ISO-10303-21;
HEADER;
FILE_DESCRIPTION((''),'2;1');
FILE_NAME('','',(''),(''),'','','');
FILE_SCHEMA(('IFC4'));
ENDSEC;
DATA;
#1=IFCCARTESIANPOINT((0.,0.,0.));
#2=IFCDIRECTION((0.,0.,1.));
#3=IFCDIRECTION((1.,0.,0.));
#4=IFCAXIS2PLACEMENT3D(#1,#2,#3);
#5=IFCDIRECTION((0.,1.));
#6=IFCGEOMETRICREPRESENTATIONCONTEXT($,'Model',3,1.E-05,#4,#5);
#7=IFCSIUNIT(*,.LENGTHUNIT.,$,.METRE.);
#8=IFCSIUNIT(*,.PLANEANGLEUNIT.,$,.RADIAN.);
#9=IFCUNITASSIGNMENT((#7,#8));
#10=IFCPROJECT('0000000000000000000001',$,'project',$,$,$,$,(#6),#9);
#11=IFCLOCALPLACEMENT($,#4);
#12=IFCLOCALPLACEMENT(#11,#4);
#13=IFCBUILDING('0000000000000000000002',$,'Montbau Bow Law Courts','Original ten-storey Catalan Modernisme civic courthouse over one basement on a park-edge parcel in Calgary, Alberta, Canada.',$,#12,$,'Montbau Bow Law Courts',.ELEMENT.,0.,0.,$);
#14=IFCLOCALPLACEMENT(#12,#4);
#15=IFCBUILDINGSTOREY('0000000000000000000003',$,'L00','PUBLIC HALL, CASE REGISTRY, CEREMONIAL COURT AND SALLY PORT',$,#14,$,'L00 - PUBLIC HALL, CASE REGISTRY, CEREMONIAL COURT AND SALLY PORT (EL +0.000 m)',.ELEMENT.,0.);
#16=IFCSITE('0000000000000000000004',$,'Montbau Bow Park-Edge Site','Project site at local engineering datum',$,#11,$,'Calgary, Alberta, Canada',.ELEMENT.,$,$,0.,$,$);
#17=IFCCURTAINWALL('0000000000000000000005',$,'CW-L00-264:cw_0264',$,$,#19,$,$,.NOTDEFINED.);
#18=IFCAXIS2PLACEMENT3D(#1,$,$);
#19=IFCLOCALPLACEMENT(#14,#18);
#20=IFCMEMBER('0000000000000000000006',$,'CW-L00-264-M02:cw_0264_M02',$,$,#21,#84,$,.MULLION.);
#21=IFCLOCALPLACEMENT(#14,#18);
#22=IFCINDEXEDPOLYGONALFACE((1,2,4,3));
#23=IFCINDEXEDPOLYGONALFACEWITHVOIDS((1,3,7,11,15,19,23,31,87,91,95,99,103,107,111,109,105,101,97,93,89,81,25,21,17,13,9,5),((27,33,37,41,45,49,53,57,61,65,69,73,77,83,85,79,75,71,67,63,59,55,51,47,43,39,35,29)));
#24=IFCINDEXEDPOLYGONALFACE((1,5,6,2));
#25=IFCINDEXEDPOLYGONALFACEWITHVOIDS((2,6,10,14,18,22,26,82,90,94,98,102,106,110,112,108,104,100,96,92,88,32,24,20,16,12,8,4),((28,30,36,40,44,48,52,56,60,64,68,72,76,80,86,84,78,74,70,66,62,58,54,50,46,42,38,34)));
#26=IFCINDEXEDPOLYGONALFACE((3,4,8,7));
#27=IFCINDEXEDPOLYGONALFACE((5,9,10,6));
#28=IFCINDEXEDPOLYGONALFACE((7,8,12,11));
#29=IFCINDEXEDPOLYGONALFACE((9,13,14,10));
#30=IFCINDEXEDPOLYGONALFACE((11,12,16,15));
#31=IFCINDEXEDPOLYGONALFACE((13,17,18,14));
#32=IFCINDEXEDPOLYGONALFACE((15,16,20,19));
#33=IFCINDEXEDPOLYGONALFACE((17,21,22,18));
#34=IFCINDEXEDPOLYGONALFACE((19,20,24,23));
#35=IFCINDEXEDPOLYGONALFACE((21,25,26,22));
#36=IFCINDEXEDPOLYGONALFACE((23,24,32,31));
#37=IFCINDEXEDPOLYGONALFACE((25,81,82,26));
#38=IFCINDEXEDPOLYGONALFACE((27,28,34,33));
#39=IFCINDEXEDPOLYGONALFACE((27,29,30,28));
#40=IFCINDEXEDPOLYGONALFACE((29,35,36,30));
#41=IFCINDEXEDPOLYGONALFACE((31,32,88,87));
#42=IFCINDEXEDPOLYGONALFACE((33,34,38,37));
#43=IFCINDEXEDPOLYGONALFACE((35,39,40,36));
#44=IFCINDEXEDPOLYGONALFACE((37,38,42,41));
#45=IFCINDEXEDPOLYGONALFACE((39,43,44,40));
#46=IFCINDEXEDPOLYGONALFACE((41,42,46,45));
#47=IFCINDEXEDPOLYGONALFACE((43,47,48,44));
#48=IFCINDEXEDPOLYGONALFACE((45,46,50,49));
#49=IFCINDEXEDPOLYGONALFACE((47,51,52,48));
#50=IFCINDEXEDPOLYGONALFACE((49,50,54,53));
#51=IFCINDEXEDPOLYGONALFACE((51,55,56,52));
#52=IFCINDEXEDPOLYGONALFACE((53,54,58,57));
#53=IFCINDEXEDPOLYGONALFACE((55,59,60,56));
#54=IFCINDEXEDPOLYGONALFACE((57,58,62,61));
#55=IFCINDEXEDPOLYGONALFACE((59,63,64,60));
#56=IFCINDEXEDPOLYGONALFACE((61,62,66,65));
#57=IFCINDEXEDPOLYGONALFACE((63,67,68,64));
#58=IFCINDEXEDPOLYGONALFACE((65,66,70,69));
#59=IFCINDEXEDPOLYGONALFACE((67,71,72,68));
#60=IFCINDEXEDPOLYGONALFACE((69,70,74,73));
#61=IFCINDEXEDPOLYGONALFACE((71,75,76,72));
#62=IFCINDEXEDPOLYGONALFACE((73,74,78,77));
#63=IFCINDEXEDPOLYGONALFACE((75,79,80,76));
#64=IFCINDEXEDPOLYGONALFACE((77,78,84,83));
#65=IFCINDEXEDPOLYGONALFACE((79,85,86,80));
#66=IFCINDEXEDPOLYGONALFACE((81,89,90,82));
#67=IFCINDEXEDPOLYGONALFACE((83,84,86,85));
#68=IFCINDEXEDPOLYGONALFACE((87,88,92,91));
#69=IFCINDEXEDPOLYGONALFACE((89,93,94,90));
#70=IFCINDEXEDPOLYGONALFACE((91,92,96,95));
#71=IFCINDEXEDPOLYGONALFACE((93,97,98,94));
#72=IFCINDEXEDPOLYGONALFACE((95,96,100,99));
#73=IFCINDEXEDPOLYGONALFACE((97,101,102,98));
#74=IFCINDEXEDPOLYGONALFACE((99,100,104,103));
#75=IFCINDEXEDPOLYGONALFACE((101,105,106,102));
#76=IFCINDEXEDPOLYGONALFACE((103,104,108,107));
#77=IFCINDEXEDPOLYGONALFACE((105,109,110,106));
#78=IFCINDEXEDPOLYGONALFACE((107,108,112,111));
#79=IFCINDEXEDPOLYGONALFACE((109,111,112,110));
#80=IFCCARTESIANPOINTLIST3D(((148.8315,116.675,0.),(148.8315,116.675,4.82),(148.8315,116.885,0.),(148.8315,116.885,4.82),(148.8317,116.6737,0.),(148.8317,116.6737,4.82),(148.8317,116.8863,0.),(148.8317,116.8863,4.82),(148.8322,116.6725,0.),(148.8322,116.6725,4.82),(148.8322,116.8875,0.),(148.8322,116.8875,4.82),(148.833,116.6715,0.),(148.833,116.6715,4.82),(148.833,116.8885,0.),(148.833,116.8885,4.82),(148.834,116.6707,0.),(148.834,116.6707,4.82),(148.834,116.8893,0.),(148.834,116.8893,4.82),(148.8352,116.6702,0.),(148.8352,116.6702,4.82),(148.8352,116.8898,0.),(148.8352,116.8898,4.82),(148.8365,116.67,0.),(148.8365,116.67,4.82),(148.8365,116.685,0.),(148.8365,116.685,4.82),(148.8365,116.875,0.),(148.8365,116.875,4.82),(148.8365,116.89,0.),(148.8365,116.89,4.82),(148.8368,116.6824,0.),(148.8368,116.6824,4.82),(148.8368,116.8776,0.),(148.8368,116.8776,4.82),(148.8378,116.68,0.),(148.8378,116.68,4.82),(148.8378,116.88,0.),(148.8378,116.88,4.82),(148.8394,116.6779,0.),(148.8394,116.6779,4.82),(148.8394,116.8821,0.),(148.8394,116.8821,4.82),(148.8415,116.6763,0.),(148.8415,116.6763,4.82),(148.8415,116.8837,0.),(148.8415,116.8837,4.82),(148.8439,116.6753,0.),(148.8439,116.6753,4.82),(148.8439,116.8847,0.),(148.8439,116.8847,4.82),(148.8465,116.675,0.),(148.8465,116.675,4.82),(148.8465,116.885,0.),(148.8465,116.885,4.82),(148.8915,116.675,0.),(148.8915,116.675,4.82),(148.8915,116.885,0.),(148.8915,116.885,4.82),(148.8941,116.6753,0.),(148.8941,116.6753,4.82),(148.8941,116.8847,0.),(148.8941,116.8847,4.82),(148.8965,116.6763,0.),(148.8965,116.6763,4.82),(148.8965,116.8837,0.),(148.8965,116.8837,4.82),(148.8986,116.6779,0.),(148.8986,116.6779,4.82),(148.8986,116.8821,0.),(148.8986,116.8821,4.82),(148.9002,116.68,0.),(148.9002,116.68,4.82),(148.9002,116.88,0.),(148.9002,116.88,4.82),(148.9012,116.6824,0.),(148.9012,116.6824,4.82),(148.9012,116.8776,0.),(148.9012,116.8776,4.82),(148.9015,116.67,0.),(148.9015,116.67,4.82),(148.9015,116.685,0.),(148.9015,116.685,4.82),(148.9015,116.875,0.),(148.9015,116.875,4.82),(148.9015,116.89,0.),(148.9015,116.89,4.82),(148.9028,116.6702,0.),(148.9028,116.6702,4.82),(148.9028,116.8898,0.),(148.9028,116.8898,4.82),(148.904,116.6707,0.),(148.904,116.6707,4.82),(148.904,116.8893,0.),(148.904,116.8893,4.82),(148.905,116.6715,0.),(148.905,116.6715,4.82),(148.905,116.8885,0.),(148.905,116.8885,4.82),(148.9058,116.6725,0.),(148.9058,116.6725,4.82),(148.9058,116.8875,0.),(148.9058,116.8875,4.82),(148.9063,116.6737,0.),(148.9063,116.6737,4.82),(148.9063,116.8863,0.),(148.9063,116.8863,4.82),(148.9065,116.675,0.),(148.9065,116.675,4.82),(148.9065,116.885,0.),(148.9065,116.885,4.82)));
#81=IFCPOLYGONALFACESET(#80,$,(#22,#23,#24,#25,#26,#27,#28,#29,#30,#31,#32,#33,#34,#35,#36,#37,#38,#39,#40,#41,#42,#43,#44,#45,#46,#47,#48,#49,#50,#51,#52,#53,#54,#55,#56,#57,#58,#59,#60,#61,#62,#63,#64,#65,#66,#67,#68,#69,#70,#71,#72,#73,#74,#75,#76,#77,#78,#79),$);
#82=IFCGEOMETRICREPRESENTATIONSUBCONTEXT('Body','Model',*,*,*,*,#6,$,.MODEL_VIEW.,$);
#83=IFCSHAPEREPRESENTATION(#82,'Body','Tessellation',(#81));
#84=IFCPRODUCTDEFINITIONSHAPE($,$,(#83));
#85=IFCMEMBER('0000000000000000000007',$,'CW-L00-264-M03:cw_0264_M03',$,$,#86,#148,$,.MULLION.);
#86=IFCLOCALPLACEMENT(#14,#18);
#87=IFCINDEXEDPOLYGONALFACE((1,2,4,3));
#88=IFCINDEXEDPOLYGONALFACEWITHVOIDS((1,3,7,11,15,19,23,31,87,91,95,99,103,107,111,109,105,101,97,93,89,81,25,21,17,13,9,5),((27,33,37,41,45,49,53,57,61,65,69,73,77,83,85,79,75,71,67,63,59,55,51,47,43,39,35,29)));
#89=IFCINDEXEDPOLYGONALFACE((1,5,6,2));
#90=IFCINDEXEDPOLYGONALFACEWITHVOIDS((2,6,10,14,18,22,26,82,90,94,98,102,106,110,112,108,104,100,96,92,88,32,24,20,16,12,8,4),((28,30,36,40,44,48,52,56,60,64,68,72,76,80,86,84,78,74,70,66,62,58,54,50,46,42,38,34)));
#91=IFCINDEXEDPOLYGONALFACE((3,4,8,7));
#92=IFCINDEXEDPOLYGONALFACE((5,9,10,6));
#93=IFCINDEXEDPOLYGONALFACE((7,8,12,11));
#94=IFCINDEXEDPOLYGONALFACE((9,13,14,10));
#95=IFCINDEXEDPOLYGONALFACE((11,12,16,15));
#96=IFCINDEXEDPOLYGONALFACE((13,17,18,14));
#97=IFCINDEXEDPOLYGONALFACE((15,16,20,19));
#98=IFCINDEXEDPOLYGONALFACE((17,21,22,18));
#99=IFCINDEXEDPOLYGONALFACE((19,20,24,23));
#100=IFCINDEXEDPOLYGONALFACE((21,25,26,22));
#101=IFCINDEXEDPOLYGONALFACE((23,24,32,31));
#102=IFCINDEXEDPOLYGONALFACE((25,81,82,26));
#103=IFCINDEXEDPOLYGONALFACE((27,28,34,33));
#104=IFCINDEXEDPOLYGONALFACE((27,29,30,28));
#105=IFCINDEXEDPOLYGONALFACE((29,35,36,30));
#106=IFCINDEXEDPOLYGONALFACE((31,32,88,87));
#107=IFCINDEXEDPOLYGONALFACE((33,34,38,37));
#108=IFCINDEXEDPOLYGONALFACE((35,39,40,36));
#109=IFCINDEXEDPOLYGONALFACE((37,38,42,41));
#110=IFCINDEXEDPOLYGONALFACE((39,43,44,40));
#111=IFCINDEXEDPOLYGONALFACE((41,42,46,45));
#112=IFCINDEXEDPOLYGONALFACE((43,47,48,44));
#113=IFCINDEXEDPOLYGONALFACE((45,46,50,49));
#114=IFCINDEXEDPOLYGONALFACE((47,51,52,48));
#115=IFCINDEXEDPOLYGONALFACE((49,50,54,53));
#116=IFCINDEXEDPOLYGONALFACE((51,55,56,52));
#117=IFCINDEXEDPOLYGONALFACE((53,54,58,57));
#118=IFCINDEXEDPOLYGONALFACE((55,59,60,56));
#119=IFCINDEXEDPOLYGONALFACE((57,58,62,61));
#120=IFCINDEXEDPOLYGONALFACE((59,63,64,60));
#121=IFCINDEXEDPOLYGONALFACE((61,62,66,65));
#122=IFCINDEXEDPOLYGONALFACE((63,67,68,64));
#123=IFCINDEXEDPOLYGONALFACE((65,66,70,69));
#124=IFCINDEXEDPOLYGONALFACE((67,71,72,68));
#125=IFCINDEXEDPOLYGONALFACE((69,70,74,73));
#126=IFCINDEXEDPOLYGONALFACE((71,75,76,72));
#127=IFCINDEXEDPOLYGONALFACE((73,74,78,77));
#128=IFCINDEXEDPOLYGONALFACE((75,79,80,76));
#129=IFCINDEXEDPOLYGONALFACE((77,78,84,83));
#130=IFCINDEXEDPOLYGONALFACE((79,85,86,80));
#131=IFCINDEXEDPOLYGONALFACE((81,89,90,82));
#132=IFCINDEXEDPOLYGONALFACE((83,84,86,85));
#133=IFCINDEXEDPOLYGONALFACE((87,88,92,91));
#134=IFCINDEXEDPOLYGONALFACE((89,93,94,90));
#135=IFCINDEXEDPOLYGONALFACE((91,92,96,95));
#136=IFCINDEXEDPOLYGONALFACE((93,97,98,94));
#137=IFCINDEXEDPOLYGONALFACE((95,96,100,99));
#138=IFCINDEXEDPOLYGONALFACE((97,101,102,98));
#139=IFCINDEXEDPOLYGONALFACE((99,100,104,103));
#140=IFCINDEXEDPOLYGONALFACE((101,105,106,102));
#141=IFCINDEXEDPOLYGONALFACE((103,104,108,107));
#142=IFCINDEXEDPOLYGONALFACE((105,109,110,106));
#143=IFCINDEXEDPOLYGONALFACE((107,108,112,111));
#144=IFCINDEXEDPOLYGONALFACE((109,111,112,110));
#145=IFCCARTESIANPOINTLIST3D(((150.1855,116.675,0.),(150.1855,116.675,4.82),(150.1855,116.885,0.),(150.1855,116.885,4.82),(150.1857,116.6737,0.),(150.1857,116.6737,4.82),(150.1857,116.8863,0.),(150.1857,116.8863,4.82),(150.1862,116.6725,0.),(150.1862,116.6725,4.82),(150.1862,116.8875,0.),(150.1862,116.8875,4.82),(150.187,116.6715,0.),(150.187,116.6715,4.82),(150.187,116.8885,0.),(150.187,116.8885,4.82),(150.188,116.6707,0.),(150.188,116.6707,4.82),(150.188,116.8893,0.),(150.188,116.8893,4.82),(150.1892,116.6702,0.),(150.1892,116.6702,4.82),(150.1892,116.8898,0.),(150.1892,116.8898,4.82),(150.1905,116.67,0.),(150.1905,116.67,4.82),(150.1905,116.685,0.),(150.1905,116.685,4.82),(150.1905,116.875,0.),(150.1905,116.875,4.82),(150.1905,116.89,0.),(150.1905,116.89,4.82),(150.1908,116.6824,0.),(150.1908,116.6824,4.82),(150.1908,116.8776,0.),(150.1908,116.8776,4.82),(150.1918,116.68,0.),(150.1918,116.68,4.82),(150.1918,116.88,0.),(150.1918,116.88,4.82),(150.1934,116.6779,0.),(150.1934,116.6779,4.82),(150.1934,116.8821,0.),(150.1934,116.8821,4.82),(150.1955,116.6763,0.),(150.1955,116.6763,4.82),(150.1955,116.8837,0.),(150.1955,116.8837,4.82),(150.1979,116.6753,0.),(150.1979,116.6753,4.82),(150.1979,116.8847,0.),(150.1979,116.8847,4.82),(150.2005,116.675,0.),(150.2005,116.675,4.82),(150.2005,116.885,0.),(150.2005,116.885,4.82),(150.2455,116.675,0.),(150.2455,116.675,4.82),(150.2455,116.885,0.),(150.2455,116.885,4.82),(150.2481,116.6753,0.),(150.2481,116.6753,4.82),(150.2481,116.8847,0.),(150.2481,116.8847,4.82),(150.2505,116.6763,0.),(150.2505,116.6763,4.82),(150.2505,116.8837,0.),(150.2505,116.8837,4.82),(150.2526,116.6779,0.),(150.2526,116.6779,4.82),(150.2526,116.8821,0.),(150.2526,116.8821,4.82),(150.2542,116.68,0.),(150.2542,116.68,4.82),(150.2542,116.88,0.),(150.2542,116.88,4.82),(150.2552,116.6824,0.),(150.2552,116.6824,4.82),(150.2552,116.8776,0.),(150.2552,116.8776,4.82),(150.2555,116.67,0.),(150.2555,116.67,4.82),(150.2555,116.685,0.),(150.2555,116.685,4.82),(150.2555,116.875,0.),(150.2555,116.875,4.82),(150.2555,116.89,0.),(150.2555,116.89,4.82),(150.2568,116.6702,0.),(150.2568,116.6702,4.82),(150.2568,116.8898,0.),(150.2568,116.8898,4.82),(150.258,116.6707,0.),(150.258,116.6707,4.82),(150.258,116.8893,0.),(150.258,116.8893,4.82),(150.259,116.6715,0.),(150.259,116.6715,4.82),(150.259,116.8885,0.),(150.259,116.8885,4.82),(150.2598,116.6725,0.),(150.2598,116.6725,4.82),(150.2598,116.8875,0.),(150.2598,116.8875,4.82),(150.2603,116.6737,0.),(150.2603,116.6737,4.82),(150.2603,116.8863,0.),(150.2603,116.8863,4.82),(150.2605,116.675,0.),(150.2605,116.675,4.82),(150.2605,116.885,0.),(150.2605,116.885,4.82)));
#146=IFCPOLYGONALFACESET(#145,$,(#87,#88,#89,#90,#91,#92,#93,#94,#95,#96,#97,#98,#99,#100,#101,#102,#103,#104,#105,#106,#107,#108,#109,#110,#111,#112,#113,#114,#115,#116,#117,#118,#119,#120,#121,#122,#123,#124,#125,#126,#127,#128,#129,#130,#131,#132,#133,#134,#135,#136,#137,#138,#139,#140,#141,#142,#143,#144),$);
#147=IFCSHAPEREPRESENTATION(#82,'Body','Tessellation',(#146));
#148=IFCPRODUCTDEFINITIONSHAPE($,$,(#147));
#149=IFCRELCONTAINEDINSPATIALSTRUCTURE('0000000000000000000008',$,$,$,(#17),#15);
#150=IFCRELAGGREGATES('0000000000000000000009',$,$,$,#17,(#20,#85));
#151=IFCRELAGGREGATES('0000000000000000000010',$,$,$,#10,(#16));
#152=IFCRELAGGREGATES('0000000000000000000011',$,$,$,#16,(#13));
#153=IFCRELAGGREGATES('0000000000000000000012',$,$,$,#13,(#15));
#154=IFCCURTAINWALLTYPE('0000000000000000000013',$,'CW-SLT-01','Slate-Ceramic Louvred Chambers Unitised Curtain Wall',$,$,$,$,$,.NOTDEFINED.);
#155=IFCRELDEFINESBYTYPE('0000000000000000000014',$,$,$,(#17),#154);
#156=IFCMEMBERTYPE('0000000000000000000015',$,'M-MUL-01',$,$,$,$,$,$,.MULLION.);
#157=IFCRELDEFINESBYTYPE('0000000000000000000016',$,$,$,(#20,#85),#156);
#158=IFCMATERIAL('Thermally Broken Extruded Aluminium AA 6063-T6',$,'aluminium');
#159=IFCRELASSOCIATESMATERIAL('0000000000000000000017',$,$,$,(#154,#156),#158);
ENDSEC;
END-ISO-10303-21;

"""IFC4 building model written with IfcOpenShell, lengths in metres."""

from ifc_helpers import new_model, si_unit, direction, frame, origin_with_axes, origin_2d_with_axis, place, context, subcontext, project, spatial, hollow_rectangle, extrude, material, material_profile, profile_set, type_object, element, aggregate, save


model = new_model("IFC4")

# Units and contexts
model_context = context("Model", 3, precision=1e-05, world=origin_with_axes(), true_north=direction((0.0, 1.0)))
body_context = subcontext(model_context, "Body", "Model", "MODEL_VIEW")
ifc_project = project(units=[si_unit("LENGTHUNIT", "METRE"), si_unit("PLANEANGLEUNIT", "RADIAN")], contexts=[model_context])

# Site, building, storey
site_placement = place(None, origin_with_axes())
site = spatial("IfcSite", under=ifc_project, at=site_placement, Name="Montbau Bow Park-Edge Site", Description="Project site at local engineering datum", LongName="Calgary, Alberta, Canada", CompositionType="ELEMENT", RefElevation=0.0)
building_placement = place(site_placement, origin_with_axes())
building = spatial("IfcBuilding", under=site, at=building_placement, Name="Montbau Bow Law Courts", Description="Original ten-storey Catalan Modernisme civic courthouse over one basement on a park-edge parcel in Calgary, Alberta, Canada.", LongName="Montbau Bow Law Courts", CompositionType="ELEMENT", ElevationOfRefHeight=0.0, ElevationOfTerrain=0.0)
storey_placement = place(building_placement, origin_with_axes())
storey = spatial("IfcBuildingStorey", under=building, at=storey_placement, Name="L00", Description="PUBLIC HALL, CASE REGISTRY, CEREMONIAL COURT AND SALLY PORT", LongName="L00 - PUBLIC HALL, CASE REGISTRY, CEREMONIAL COURT AND SALLY PORT (EL +0.000 m)", CompositionType="ELEMENT", Elevation=0.0)

# Curtain wall, members
ifc_material_1 = material(Name="Thermally Broken Extruded Aluminium AA 6063-T6", Category="aluminium")
curtain_wall_type = type_object("IfcCurtainWallType", Name="CW-SLT-01", Description="Slate-Ceramic Louvred Chambers Unitised Curtain Wall", PredefinedType="NOTDEFINED", material=ifc_material_1)
curtain_wall_1_placement = place(None, frame((147.515, 116.78, 0.0), z_axis=(0.0, 0.0, 1.0), x_axis=(1.0, 0.0, 0.0)))
curtain_wall_1 = element("IfcCurtainWall", 1, at=curtain_wall_1_placement, inside=storey, type_object=curtain_wall_type, Name="CW-L00-264:cw_0264", PredefinedType="NOTDEFINED")
ifc_material_profile_1 = material_profile(ifc_material_1, hollow_rectangle(XDim=0.075, YDim=0.22, WallThickness=0.005, InnerFilletRadius=0.01, OuterFilletRadius=0.005, at=origin_2d_with_axis()), Name="CWM-220X75", Category="Main", Priority=0)
ifc_profile_set_1 = profile_set([ifc_material_profile_1], Name="Thermally Broken Extruded Aluminium AA 6063-T6")
member_type_1 = type_object("IfcMemberType", Name="M-MUL-01", PredefinedType="MULLION", material=ifc_profile_set_1)
member_1_placement = place(None, frame((148.869, 116.78, 0.0), z_axis=(0.0, 0.0, 1.0), x_axis=(1.0, 0.0, 0.0)))
member_1 = element("IfcMember", 2, at=member_1_placement, type_object=member_type_1, Name="CW-L00-264-M02:cw_0264_M02", PredefinedType="MULLION", context=body_context, shape_type="SweptSolid", body=[
    extrude(hollow_rectangle(XDim=0.075, YDim=0.22, WallThickness=0.005, InnerFilletRadius=0.01, OuterFilletRadius=0.005, at=origin_2d_with_axis()), origin_with_axes(), (0.0, 0.0, 1.0), 4.82),
])
member_2_placement = place(None, frame((150.223, 116.78, 0.0), z_axis=(0.0, 0.0, 1.0), x_axis=(1.0, 0.0, 0.0)))
member_2 = element("IfcMember", 3, at=member_2_placement, type_object=member_type_1, Name="CW-L00-264-M03:cw_0264_M03", PredefinedType="MULLION", context=body_context, shape_type="SweptSolid", body=[
    extrude(hollow_rectangle(XDim=0.075, YDim=0.22, WallThickness=0.005, InnerFilletRadius=0.01, OuterFilletRadius=0.005, at=origin_2d_with_axis()), origin_with_axes(), (0.0, 0.0, 1.0), 4.82),
])

aggregate(curtain_wall_1, [member_1, member_2])

save(model, "model.ifc")
